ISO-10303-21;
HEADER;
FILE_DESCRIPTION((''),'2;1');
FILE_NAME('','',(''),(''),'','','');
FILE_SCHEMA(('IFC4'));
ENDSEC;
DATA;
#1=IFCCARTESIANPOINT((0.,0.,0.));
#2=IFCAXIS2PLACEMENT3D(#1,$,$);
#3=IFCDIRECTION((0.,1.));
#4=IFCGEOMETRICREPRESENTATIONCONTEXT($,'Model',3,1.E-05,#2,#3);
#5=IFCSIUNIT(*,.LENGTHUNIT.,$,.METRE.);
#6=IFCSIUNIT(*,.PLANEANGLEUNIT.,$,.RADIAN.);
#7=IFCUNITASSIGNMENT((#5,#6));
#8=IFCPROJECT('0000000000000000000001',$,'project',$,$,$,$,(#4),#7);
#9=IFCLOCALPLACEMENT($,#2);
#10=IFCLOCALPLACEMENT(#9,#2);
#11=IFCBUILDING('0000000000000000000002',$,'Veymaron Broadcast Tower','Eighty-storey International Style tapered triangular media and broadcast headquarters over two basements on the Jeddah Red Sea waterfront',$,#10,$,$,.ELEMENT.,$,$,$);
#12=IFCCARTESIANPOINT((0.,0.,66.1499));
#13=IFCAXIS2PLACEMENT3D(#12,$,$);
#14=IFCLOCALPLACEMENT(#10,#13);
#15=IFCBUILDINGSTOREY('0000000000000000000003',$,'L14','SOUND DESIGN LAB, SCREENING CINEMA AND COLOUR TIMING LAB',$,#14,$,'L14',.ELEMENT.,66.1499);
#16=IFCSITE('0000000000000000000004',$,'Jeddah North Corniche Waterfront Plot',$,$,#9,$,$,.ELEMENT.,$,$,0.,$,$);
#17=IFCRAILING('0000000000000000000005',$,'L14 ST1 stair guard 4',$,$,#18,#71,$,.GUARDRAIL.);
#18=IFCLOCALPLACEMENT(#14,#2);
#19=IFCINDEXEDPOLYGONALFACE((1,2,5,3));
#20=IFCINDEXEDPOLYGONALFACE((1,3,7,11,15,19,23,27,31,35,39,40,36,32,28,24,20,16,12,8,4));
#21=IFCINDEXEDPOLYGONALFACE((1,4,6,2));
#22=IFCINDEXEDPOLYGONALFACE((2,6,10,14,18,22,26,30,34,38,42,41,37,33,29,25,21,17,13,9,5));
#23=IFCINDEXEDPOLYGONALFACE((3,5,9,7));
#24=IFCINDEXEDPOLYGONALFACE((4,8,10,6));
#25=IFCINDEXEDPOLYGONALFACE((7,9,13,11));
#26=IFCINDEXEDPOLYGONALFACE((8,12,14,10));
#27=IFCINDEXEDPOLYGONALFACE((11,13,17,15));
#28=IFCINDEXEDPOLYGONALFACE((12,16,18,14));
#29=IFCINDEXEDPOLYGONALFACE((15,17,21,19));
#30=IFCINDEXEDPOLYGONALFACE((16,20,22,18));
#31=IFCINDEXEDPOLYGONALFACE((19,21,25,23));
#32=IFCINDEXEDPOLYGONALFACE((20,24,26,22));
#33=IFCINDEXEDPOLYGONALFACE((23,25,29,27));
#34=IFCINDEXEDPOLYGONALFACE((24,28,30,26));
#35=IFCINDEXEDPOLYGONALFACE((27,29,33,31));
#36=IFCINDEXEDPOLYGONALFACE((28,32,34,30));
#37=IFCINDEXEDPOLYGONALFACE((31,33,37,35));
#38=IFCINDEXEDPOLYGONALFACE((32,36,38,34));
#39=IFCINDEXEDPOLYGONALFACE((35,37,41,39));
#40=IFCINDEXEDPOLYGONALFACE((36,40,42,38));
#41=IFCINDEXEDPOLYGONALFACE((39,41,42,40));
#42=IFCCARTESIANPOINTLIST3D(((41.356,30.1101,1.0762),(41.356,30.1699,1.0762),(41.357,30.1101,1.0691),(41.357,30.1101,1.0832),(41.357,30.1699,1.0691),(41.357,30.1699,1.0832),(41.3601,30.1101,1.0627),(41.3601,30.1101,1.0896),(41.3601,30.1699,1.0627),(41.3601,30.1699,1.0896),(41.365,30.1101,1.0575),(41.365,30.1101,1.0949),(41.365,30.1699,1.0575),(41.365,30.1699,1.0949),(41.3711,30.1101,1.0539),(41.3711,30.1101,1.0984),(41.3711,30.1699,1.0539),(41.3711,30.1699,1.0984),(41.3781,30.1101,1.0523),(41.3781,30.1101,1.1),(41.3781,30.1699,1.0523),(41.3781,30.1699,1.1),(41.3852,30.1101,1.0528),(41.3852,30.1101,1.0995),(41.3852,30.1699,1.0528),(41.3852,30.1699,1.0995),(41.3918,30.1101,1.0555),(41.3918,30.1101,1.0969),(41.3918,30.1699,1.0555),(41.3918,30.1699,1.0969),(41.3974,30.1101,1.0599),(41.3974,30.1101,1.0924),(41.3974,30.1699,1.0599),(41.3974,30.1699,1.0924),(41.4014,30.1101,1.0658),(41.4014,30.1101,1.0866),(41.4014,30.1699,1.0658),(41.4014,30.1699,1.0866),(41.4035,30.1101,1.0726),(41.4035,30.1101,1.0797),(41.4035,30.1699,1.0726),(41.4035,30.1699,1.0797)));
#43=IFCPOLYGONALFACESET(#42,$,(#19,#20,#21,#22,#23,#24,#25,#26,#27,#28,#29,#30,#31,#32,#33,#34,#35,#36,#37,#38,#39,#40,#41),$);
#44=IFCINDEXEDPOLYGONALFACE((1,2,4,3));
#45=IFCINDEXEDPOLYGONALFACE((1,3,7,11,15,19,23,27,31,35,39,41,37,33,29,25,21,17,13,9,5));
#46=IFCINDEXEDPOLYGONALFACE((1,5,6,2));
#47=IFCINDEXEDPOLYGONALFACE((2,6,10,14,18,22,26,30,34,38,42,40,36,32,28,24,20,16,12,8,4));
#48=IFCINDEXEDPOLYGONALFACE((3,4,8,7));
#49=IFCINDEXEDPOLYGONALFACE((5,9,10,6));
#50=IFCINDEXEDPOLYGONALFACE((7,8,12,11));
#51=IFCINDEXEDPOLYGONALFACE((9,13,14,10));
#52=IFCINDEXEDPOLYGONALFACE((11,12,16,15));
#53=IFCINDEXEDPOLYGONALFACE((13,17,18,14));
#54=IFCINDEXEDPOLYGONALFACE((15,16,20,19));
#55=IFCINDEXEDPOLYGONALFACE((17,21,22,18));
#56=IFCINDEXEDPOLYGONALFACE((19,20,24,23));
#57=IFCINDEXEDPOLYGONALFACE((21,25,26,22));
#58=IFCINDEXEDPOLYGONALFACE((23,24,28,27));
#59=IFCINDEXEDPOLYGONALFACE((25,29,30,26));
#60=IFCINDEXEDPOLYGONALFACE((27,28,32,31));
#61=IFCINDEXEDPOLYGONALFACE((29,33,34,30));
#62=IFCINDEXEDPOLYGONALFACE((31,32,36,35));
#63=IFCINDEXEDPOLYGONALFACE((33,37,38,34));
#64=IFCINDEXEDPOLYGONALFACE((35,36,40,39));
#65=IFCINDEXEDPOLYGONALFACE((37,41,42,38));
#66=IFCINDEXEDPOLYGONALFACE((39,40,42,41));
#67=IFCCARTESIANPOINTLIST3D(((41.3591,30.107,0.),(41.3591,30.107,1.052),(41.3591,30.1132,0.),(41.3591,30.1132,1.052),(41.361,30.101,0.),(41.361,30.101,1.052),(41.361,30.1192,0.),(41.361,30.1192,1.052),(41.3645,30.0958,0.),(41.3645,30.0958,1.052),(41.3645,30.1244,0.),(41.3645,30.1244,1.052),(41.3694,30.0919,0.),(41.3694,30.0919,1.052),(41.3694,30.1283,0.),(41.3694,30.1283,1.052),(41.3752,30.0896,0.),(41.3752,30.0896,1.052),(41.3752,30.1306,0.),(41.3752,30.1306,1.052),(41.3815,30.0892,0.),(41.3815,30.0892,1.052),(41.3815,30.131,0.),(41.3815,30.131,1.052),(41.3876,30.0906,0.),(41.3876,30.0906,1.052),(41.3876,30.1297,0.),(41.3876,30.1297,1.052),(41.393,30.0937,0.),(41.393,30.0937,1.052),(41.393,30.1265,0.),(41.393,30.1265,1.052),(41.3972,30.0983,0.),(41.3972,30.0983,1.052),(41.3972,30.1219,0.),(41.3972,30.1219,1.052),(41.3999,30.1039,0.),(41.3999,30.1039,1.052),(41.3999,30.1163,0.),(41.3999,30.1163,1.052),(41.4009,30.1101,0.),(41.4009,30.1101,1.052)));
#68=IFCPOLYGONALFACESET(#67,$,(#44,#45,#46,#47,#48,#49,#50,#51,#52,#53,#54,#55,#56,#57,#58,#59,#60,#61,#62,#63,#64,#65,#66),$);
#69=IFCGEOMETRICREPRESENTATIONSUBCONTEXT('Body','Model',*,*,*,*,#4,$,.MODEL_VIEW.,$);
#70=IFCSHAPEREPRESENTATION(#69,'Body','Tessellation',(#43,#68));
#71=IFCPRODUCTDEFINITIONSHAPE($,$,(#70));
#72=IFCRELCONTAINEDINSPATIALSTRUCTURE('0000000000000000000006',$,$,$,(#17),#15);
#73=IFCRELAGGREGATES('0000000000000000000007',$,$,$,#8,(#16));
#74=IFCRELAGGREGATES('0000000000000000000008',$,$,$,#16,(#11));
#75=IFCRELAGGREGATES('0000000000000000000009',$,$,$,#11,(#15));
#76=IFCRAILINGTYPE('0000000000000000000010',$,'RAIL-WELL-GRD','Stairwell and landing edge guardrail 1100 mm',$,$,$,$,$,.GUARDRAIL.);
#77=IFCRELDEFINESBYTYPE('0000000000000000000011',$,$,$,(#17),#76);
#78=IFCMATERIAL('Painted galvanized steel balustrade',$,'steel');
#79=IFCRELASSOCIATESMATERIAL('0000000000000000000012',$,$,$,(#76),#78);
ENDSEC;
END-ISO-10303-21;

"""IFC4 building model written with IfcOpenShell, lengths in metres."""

from ifc_helpers import new_model, si_unit, direction, frame, origin, origin_2d, place, context, subcontext, project, spatial, circle, extrude, material, type_object, element, save


model = new_model("IFC4")

# Units and contexts
model_context = context("Model", 3, precision=1e-05, world=origin(), true_north=direction((0.0, 1.0)))
body_context = subcontext(model_context, "Body", "Model", "MODEL_VIEW")
ifc_project = project(units=[si_unit("LENGTHUNIT", "METRE"), si_unit("PLANEANGLEUNIT", "RADIAN")], contexts=[model_context])

# Site, building, storey
site_placement = place(None, origin())
site = spatial("IfcSite", under=ifc_project, at=site_placement, Name="Jeddah North Corniche Waterfront Plot", CompositionType="ELEMENT", RefElevation=0.0)
building_placement = place(site_placement, origin())
building = spatial("IfcBuilding", under=site, at=building_placement, Name="Veymaron Broadcast Tower", Description="Eighty-storey International Style tapered triangular media and broadcast headquarters over two basements on the Jeddah Red Sea waterfront", CompositionType="ELEMENT")
storey_placement = place(building_placement, frame((0.0, 0.0, 66.1499)))
storey = spatial("IfcBuildingStorey", under=building, at=storey_placement, Name="L14", Description="SOUND DESIGN LAB, SCREENING CINEMA AND COLOUR TIMING LAB", LongName="L14", CompositionType="ELEMENT", Elevation=66.1499)

# Railing
ifc_material_1 = material(Name="Painted galvanized steel balustrade", Category="steel")
railing_type_1 = type_object("IfcRailingType", Name="RAIL-WELL-GRD", Description="Stairwell and landing edge guardrail 1100 mm", PredefinedType="GUARDRAIL", material=ifc_material_1)
railing_1_placement = place(storey_placement, frame((41.3799, 30.1101, 0.0)))
element("IfcRailing", 1, at=railing_1_placement, inside=storey, type_object=railing_type_1, Name="L14 ST1 stair guard 4", PredefinedType="GUARDRAIL", context=body_context, shape_type="SweptSolid", body=[
    extrude(circle(Radius=0.0239, at=origin_2d()), frame((0.0, 0.0, 1.0762), z_axis=(0.0, 1.0, 0.0), x_axis=(-1.0, 0.0, 0.0)), (0.0, 0.0, 1.0), 0.0598),
    extrude(circle(Radius=0.021, at=origin_2d()), origin(), (0.0, 0.0, 1.0), 1.052),
])

save(model, "model.ifc")
